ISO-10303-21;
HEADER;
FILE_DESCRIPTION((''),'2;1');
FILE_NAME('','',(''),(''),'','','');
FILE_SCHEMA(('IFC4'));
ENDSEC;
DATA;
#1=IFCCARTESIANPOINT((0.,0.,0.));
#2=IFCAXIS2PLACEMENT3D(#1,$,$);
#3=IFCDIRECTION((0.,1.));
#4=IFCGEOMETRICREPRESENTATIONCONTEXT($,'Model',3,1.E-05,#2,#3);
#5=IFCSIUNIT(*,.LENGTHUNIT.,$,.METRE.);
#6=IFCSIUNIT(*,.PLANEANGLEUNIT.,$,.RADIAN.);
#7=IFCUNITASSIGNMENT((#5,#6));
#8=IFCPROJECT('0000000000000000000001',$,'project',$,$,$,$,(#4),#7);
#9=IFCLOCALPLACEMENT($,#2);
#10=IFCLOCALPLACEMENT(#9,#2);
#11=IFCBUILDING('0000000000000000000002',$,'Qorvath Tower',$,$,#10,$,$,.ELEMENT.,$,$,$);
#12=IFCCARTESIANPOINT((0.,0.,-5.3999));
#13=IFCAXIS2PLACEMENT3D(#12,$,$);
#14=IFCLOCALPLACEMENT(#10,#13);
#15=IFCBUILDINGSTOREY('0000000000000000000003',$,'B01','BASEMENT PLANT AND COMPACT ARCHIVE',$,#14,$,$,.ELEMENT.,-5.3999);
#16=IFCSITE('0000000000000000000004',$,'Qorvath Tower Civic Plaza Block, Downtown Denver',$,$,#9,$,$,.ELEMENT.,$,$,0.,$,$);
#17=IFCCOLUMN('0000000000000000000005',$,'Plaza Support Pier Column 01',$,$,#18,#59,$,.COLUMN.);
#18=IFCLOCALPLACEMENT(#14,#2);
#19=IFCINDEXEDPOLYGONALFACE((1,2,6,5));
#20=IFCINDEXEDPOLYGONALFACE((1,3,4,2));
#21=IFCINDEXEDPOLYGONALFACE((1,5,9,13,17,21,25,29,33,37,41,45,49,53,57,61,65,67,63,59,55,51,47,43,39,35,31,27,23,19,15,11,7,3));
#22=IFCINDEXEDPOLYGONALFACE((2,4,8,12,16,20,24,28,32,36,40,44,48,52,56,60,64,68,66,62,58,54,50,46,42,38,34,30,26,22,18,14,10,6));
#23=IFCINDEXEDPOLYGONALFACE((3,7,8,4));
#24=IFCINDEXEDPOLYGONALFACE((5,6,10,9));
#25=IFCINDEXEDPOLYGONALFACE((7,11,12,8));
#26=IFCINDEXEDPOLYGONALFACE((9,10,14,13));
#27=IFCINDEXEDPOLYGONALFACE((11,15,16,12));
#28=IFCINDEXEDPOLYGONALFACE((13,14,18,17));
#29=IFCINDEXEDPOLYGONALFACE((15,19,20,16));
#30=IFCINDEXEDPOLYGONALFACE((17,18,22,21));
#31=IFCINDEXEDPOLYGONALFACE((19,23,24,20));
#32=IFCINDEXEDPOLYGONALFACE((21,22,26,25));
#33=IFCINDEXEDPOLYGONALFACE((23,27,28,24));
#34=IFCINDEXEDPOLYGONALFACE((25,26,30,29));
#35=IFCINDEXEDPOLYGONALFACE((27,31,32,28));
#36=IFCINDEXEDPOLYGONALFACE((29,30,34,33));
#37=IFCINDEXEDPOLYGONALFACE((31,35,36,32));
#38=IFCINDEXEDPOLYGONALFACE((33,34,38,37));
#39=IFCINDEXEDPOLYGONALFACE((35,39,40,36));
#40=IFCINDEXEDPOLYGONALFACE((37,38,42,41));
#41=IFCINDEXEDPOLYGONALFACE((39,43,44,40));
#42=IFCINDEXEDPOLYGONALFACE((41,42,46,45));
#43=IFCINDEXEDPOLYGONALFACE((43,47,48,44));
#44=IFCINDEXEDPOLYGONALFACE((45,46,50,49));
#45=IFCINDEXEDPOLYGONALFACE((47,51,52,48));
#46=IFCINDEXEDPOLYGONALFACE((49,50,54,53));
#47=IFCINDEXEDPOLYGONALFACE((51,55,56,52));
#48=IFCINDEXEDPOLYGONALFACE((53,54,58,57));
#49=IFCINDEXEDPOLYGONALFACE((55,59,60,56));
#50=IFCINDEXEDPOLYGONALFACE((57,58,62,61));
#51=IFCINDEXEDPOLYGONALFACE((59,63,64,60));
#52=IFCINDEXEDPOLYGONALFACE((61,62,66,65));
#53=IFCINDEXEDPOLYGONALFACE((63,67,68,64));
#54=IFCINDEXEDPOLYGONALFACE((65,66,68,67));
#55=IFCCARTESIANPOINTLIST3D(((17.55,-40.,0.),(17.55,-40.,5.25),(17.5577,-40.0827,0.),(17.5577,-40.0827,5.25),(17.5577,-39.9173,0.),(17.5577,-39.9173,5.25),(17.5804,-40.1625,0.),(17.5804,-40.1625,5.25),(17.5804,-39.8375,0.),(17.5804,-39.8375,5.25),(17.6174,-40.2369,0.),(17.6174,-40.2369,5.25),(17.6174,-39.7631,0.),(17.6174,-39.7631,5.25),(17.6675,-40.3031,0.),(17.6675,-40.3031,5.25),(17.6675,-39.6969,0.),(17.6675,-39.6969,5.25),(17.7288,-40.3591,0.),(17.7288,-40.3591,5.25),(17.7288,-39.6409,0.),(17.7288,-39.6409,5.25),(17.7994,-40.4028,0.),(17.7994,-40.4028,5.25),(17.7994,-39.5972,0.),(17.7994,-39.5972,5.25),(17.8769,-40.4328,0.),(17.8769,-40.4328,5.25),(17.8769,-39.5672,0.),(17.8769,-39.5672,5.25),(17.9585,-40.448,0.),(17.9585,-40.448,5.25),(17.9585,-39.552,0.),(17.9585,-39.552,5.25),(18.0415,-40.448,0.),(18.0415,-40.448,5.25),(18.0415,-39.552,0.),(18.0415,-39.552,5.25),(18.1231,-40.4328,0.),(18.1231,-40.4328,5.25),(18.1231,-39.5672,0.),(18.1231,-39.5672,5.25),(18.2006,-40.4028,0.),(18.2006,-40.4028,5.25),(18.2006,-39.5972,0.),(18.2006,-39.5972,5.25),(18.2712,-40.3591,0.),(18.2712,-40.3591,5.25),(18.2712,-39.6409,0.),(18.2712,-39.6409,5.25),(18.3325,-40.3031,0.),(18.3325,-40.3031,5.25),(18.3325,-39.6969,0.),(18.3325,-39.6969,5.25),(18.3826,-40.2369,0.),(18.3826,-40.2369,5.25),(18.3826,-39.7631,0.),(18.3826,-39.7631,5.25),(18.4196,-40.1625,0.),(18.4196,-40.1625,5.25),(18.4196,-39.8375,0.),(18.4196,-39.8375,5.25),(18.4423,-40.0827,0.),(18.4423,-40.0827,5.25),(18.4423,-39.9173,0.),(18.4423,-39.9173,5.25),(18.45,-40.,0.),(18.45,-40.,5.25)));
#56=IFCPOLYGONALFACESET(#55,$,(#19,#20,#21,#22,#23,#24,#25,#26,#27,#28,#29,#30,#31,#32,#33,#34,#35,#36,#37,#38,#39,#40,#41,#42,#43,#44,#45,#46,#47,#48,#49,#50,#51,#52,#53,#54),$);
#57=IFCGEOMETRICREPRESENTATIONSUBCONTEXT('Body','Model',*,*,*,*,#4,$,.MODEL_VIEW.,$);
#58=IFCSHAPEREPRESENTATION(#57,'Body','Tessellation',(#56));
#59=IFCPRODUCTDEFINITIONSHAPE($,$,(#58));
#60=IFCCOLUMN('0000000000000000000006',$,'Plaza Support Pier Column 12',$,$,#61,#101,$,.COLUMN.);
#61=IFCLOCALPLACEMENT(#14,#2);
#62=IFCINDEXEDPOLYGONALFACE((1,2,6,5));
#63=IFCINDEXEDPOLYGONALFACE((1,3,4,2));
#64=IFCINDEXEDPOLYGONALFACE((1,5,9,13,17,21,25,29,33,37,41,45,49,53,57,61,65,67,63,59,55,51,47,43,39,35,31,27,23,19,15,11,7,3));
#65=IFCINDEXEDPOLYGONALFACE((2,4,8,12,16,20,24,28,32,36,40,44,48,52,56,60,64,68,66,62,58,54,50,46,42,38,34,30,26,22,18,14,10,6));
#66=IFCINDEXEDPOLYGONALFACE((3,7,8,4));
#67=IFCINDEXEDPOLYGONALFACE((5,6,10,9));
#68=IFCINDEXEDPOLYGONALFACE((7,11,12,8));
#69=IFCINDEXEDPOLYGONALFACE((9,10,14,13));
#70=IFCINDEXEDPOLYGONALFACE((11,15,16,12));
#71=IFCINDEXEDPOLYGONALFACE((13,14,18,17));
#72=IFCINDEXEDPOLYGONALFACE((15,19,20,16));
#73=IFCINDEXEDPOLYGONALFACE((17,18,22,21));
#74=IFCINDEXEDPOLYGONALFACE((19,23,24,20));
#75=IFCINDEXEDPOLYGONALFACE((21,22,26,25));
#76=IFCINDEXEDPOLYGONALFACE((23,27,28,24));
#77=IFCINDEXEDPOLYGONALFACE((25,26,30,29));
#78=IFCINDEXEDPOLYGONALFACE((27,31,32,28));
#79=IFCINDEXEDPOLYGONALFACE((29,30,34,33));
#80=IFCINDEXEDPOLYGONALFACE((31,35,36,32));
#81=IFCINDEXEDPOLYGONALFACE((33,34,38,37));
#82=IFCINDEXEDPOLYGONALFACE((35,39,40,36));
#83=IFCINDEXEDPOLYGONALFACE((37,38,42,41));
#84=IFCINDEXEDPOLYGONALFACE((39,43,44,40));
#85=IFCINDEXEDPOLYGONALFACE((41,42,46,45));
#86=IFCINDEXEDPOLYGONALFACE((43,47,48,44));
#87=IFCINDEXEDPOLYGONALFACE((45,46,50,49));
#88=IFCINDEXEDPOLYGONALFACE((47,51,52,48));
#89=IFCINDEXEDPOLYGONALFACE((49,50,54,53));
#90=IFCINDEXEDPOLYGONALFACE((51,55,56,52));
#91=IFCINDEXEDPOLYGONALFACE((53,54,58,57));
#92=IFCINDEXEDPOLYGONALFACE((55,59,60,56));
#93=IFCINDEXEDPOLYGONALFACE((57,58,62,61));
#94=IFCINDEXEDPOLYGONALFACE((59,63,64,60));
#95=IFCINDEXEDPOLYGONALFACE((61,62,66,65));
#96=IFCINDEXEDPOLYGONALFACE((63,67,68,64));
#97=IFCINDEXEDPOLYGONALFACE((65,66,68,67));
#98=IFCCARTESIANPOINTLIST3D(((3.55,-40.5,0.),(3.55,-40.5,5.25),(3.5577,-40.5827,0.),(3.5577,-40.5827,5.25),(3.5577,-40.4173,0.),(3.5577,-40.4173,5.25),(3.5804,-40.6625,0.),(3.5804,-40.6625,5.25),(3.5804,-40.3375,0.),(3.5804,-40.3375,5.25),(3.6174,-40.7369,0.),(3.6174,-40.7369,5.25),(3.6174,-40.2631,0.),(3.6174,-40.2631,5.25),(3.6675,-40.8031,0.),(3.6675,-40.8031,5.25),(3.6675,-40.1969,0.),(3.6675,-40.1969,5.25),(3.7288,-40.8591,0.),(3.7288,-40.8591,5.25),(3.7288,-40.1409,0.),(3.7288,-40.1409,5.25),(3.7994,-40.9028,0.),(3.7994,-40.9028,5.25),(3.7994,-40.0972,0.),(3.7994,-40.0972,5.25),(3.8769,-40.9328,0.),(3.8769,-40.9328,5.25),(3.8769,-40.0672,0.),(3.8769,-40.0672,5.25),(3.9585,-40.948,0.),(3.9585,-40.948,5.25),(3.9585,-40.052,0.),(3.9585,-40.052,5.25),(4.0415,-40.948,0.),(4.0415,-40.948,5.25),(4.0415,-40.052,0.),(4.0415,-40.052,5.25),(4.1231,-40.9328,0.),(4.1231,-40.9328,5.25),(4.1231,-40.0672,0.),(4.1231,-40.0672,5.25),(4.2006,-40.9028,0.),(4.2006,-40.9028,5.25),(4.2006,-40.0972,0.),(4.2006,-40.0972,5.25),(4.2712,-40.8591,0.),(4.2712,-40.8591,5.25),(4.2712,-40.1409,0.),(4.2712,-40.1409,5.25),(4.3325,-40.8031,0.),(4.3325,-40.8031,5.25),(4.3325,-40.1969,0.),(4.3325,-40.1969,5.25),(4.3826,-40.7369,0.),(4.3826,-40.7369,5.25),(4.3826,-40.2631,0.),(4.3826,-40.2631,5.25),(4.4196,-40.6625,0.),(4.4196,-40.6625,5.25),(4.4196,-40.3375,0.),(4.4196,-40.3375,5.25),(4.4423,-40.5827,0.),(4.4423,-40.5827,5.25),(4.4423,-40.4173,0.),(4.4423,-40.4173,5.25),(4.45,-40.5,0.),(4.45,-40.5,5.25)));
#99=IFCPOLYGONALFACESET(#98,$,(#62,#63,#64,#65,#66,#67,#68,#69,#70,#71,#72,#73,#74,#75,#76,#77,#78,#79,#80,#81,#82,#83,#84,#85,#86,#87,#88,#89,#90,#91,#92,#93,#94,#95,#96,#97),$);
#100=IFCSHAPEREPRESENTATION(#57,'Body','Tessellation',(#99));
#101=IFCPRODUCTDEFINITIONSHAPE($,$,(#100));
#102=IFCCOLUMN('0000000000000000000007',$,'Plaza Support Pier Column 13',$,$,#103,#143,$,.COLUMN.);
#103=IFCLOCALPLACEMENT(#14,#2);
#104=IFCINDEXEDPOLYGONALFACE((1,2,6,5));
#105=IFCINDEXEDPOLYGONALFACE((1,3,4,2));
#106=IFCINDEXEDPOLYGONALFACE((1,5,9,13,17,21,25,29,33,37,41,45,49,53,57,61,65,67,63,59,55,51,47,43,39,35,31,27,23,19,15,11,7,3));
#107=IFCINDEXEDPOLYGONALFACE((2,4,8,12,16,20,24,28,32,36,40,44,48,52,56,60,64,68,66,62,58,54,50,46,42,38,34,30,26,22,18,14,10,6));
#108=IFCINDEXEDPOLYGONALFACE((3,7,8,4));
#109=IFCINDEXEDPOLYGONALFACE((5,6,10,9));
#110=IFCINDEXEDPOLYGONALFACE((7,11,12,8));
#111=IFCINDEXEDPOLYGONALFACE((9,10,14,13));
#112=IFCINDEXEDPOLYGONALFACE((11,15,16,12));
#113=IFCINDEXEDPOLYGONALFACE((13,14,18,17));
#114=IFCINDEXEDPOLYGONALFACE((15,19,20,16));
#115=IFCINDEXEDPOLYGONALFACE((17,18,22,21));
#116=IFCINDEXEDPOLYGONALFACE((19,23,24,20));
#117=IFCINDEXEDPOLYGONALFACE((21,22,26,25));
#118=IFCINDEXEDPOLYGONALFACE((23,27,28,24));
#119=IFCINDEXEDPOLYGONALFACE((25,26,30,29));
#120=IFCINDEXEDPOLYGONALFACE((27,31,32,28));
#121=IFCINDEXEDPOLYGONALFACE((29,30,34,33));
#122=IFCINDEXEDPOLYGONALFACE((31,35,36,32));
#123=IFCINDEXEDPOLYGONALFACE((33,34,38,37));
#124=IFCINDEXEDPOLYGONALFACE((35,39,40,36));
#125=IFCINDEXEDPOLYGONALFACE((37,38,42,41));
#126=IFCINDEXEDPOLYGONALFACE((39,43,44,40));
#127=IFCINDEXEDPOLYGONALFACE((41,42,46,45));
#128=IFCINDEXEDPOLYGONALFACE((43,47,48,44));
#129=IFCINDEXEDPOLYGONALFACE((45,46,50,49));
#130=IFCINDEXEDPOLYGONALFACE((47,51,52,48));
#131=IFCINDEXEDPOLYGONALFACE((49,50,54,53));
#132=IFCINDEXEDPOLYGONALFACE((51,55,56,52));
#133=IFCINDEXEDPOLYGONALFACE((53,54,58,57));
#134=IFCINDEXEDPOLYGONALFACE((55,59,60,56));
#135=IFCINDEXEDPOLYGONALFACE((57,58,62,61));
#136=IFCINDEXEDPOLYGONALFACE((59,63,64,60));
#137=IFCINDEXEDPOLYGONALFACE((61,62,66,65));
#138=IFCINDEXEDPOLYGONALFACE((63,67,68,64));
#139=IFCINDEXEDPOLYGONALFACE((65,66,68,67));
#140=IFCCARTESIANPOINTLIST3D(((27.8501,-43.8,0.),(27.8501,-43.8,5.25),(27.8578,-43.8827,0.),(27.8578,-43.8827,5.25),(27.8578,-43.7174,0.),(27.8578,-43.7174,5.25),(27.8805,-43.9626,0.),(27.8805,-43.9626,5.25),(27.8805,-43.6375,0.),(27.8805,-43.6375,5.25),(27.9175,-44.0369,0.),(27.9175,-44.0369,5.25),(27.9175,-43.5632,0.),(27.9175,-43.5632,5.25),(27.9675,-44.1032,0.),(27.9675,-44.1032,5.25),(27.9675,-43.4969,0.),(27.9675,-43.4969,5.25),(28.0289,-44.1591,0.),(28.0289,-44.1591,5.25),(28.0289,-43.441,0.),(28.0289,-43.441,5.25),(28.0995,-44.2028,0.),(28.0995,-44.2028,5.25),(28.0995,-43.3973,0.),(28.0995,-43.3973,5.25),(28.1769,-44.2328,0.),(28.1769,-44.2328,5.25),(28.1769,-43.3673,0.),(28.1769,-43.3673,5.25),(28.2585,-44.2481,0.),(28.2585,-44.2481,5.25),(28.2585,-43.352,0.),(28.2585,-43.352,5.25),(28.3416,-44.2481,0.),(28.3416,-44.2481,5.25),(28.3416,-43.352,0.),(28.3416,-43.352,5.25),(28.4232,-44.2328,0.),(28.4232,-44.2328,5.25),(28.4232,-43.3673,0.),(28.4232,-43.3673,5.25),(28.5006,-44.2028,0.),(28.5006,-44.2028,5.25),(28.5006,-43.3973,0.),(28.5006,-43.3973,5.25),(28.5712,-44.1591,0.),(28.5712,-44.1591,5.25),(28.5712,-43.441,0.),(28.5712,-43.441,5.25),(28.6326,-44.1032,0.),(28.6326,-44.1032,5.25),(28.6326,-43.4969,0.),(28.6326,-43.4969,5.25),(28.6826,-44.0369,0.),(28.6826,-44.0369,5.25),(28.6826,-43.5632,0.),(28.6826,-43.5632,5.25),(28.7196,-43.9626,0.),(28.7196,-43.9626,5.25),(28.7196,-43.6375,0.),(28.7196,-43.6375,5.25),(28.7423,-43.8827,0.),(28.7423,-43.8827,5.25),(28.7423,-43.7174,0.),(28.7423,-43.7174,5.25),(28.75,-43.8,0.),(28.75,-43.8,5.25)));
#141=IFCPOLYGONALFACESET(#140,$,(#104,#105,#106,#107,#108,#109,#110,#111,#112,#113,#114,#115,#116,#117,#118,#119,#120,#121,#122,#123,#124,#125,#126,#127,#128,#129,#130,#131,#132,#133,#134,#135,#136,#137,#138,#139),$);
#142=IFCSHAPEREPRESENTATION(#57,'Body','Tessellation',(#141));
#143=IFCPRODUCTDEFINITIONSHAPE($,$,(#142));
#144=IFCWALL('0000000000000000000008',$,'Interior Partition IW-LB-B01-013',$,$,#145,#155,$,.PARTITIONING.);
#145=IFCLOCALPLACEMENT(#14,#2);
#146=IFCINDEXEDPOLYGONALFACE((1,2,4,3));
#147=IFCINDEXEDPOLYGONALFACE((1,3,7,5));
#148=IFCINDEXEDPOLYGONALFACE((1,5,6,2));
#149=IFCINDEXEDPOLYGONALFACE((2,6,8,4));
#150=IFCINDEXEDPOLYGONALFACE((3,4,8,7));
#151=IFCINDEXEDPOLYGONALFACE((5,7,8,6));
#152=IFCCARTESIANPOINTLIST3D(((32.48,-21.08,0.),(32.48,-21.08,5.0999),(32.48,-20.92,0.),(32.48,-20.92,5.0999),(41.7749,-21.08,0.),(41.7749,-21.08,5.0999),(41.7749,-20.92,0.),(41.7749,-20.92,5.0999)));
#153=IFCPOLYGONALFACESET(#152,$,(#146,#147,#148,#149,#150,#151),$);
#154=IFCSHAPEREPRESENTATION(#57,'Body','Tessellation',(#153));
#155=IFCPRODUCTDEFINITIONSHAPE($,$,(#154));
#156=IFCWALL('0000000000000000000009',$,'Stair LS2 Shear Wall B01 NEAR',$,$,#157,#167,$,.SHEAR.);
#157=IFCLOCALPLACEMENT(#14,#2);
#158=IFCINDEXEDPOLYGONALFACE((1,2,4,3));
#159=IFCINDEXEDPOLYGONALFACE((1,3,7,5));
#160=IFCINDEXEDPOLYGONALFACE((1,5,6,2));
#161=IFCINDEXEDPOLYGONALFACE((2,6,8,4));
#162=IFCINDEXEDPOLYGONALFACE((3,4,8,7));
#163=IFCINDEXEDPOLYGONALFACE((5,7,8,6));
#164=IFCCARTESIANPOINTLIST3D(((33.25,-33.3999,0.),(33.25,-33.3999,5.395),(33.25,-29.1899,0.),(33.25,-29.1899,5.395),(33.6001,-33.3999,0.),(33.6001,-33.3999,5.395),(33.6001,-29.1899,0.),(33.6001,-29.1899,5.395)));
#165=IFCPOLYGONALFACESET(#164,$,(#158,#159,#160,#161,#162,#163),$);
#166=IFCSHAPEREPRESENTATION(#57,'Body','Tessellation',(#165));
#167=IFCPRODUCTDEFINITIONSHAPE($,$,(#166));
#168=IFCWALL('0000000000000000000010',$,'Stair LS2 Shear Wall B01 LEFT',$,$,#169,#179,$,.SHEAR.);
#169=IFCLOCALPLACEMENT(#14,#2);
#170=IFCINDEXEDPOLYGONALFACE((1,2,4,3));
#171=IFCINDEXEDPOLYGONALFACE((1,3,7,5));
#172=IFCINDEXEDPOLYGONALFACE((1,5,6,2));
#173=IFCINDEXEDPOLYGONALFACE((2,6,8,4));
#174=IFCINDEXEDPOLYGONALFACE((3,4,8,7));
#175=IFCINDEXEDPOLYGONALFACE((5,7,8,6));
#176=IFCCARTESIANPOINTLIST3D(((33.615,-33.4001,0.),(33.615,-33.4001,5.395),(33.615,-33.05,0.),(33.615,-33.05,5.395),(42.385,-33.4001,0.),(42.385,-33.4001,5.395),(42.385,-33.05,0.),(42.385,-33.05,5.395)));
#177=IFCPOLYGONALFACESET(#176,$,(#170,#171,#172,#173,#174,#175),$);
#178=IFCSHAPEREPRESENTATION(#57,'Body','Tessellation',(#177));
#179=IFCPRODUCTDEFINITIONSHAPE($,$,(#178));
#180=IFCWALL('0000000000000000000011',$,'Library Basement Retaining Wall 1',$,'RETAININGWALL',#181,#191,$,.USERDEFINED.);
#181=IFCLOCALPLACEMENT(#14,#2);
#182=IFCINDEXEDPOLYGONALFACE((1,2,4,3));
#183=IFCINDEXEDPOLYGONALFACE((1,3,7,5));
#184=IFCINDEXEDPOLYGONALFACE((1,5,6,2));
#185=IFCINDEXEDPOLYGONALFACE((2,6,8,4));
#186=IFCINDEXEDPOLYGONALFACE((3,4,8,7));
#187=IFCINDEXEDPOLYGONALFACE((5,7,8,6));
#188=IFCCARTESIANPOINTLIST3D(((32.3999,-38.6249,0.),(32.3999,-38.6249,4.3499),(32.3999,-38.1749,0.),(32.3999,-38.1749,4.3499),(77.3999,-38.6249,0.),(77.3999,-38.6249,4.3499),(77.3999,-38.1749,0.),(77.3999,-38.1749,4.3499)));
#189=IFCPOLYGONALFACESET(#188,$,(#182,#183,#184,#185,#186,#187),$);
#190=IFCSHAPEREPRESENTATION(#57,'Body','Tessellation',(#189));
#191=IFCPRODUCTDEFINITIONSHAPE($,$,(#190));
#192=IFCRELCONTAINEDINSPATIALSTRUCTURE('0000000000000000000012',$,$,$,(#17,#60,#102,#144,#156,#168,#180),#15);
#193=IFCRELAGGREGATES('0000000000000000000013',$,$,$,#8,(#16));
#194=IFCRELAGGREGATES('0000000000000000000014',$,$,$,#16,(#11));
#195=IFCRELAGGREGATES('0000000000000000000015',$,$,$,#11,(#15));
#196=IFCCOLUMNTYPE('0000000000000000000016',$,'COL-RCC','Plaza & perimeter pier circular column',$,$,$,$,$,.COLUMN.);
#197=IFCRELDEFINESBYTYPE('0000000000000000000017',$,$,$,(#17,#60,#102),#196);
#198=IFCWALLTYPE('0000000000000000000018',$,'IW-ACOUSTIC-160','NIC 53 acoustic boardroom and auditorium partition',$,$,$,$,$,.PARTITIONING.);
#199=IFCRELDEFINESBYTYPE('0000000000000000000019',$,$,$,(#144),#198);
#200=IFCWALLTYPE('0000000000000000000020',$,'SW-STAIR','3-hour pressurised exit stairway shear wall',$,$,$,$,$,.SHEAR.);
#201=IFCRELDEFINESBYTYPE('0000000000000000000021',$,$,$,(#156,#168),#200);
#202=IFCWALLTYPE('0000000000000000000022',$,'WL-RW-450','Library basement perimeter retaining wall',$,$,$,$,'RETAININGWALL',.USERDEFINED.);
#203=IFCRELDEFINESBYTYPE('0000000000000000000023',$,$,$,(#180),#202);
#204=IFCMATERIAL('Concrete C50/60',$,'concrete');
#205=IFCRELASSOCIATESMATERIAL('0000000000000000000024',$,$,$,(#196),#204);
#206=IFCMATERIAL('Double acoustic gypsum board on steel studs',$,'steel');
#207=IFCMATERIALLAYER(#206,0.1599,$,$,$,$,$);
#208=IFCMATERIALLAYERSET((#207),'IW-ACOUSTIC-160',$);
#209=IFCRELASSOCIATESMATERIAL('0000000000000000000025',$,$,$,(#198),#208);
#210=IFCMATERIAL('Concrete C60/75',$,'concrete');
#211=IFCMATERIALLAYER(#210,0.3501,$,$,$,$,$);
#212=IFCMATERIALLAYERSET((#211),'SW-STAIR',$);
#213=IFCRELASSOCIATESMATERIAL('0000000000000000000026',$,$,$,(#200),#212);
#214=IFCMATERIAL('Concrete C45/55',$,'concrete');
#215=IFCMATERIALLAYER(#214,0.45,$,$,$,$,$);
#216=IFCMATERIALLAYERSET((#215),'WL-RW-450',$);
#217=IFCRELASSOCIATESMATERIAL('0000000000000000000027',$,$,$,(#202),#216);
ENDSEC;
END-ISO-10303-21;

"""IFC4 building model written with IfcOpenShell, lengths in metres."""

from ifc_helpers import new_model, si_unit, direction, frame, frame_2d, origin, origin_2d, place, context, subcontext, project, spatial, rectangle, circle, extrude, material, layer, layer_set, material_profile, profile_set, type_object, element, save


model = new_model("IFC4")

# Units and contexts
model_context = context("Model", 3, precision=1e-05, world=origin(), true_north=direction((0.0, 1.0)))
body_context = subcontext(model_context, "Body", "Model", "MODEL_VIEW")
ifc_project = project(units=[si_unit("LENGTHUNIT", "METRE"), si_unit("PLANEANGLEUNIT", "RADIAN")], contexts=[model_context])

# Site, building, storey
site_placement = place(None, origin())
site = spatial("IfcSite", under=ifc_project, at=site_placement, Name="Qorvath Tower Civic Plaza Block, Downtown Denver", CompositionType="ELEMENT", RefElevation=0.0)
building_placement = place(site_placement, origin())
building = spatial("IfcBuilding", under=site, at=building_placement, Name="Qorvath Tower", CompositionType="ELEMENT")
storey_placement = place(building_placement, frame((0.0, 0.0, -5.3999)))
storey = spatial("IfcBuildingStorey", under=building, at=storey_placement, Name="B01", Description="BASEMENT PLANT AND COMPACT ARCHIVE", CompositionType="ELEMENT", Elevation=-5.3999)

# Columns
ifc_material_1 = material(Name="Concrete C50/60", Category="concrete")
ifc_material_profile_1 = material_profile(ifc_material_1, circle(Radius=0.45, at=origin_2d()), Name="RCC 900")
ifc_profile_set_1 = profile_set([ifc_material_profile_1], Name="Concrete C50/60")
column_type_1 = type_object("IfcColumnType", Name="COL-RCC", Description="Plaza & perimeter pier circular column", PredefinedType="COLUMN", material=ifc_profile_set_1)
for number, where, z_axis, x_axis, name in (
    (1, (18.0, -40.0, 0.0), (0.0, 0.0, 1.0), (1.0, 0.0, 0.0), "Plaza Support Pier Column 01"),
    (2, (4.0, -40.5, 0.0), (0.0, 0.0, 1.0), (1.0, 0.0, 0.0), "Plaza Support Pier Column 12"),
    (3, (28.3, -43.8, 0.0), (0.0, 0.0, 1.0), (1.0, 0.0, 0.0), "Plaza Support Pier Column 13"),
):
    element("IfcColumn", number, at=place(storey_placement, frame(where, z_axis=z_axis, x_axis=x_axis)), inside=storey, type_object=column_type_1, Name=name, PredefinedType="COLUMN", context=body_context, shape_type="SweptSolid", body=[
        extrude(circle(Radius=0.45, at=origin_2d()), origin(), (0.0, 0.0, 1.0), 5.25),
    ])

# Walls
ifc_material_2 = material(Name="Double acoustic gypsum board on steel studs", Category="steel")
ifc_layer_1 = layer(ifc_material_2, 0.1599)
ifc_layer_set_1 = layer_set([ifc_layer_1], Name="IW-ACOUSTIC-160")
wall_type_1 = type_object("IfcWallType", Name="IW-ACOUSTIC-160", Description="NIC 53 acoustic boardroom and auditorium partition", PredefinedType="PARTITIONING", material=ifc_layer_set_1)
wall_1_placement = place(storey_placement, frame((32.48, -21.0, 0.0), z_axis=(0.0, 0.0, 1.0), x_axis=(1.0, 0.0, 0.0)))
element("IfcWall", 4, at=wall_1_placement, inside=storey, type_object=wall_type_1, Name="Interior Partition IW-LB-B01-013", PredefinedType="PARTITIONING", context=body_context, shape_type="SweptSolid", body=[
    extrude(rectangle(XDim=9.2949, YDim=0.1599, at=frame_2d((4.6475, 0.0))), origin(), (0.0, 0.0, 1.0), 5.0999),
])
ifc_material_3 = material(Name="Concrete C60/75", Category="concrete")
ifc_layer_2 = layer(ifc_material_3, 0.3501)
ifc_layer_set_2 = layer_set([ifc_layer_2], Name="SW-STAIR")
wall_type_2 = type_object("IfcWallType", Name="SW-STAIR", Description="3-hour pressurised exit stairway shear wall", PredefinedType="SHEAR", material=ifc_layer_set_2)
wall_2_placement = place(storey_placement, frame((33.425, -29.1899, 0.0), z_axis=(0.0, 0.0, 1.0), x_axis=(0.0, -1.0, 0.0)))
element("IfcWall", 5, at=wall_2_placement, inside=storey, type_object=wall_type_2, Name="Stair LS2 Shear Wall B01 NEAR", PredefinedType="SHEAR", context=body_context, shape_type="SweptSolid", body=[
    extrude(rectangle(XDim=4.21, YDim=0.3501, at=frame_2d((2.105, 0.0))), origin(), (0.0, 0.0, 1.0), 5.395),
])
wall_3_placement = place(storey_placement, frame((33.615, -33.2251, 0.0), z_axis=(0.0, 0.0, 1.0), x_axis=(1.0, 0.0, 0.0)))
element("IfcWall", 6, at=wall_3_placement, inside=storey, type_object=wall_type_2, Name="Stair LS2 Shear Wall B01 LEFT", PredefinedType="SHEAR", context=body_context, shape_type="SweptSolid", body=[
    extrude(rectangle(XDim=8.77, YDim=0.3501, at=frame_2d((4.385, 0.0))), origin(), (0.0, 0.0, 1.0), 5.395),
])
ifc_material_4 = material(Name="Concrete C45/55", Category="concrete")
ifc_layer_3 = layer(ifc_material_4, 0.45)
ifc_layer_set_3 = layer_set([ifc_layer_3], Name="WL-RW-450")
wall_type_3 = type_object("IfcWallType", Name="WL-RW-450", Description="Library basement perimeter retaining wall", ElementType="RETAININGWALL", PredefinedType="USERDEFINED", material=ifc_layer_set_3)
wall_4_placement = place(storey_placement, frame((32.3999, -38.3999, 0.0), z_axis=(0.0, 0.0, 1.0), x_axis=(1.0, 0.0, 0.0)))
element("IfcWall", 7, at=wall_4_placement, inside=storey, type_object=wall_type_3, Name="Library Basement Retaining Wall 1", ObjectType="RETAININGWALL", PredefinedType="USERDEFINED", context=body_context, shape_type="SweptSolid", body=[
    extrude(rectangle(XDim=45.0, YDim=0.45, at=frame_2d((22.5, 0.0))), origin(), (0.0, 0.0, 1.0), 4.3499),
])

save(model, "model.ifc")
